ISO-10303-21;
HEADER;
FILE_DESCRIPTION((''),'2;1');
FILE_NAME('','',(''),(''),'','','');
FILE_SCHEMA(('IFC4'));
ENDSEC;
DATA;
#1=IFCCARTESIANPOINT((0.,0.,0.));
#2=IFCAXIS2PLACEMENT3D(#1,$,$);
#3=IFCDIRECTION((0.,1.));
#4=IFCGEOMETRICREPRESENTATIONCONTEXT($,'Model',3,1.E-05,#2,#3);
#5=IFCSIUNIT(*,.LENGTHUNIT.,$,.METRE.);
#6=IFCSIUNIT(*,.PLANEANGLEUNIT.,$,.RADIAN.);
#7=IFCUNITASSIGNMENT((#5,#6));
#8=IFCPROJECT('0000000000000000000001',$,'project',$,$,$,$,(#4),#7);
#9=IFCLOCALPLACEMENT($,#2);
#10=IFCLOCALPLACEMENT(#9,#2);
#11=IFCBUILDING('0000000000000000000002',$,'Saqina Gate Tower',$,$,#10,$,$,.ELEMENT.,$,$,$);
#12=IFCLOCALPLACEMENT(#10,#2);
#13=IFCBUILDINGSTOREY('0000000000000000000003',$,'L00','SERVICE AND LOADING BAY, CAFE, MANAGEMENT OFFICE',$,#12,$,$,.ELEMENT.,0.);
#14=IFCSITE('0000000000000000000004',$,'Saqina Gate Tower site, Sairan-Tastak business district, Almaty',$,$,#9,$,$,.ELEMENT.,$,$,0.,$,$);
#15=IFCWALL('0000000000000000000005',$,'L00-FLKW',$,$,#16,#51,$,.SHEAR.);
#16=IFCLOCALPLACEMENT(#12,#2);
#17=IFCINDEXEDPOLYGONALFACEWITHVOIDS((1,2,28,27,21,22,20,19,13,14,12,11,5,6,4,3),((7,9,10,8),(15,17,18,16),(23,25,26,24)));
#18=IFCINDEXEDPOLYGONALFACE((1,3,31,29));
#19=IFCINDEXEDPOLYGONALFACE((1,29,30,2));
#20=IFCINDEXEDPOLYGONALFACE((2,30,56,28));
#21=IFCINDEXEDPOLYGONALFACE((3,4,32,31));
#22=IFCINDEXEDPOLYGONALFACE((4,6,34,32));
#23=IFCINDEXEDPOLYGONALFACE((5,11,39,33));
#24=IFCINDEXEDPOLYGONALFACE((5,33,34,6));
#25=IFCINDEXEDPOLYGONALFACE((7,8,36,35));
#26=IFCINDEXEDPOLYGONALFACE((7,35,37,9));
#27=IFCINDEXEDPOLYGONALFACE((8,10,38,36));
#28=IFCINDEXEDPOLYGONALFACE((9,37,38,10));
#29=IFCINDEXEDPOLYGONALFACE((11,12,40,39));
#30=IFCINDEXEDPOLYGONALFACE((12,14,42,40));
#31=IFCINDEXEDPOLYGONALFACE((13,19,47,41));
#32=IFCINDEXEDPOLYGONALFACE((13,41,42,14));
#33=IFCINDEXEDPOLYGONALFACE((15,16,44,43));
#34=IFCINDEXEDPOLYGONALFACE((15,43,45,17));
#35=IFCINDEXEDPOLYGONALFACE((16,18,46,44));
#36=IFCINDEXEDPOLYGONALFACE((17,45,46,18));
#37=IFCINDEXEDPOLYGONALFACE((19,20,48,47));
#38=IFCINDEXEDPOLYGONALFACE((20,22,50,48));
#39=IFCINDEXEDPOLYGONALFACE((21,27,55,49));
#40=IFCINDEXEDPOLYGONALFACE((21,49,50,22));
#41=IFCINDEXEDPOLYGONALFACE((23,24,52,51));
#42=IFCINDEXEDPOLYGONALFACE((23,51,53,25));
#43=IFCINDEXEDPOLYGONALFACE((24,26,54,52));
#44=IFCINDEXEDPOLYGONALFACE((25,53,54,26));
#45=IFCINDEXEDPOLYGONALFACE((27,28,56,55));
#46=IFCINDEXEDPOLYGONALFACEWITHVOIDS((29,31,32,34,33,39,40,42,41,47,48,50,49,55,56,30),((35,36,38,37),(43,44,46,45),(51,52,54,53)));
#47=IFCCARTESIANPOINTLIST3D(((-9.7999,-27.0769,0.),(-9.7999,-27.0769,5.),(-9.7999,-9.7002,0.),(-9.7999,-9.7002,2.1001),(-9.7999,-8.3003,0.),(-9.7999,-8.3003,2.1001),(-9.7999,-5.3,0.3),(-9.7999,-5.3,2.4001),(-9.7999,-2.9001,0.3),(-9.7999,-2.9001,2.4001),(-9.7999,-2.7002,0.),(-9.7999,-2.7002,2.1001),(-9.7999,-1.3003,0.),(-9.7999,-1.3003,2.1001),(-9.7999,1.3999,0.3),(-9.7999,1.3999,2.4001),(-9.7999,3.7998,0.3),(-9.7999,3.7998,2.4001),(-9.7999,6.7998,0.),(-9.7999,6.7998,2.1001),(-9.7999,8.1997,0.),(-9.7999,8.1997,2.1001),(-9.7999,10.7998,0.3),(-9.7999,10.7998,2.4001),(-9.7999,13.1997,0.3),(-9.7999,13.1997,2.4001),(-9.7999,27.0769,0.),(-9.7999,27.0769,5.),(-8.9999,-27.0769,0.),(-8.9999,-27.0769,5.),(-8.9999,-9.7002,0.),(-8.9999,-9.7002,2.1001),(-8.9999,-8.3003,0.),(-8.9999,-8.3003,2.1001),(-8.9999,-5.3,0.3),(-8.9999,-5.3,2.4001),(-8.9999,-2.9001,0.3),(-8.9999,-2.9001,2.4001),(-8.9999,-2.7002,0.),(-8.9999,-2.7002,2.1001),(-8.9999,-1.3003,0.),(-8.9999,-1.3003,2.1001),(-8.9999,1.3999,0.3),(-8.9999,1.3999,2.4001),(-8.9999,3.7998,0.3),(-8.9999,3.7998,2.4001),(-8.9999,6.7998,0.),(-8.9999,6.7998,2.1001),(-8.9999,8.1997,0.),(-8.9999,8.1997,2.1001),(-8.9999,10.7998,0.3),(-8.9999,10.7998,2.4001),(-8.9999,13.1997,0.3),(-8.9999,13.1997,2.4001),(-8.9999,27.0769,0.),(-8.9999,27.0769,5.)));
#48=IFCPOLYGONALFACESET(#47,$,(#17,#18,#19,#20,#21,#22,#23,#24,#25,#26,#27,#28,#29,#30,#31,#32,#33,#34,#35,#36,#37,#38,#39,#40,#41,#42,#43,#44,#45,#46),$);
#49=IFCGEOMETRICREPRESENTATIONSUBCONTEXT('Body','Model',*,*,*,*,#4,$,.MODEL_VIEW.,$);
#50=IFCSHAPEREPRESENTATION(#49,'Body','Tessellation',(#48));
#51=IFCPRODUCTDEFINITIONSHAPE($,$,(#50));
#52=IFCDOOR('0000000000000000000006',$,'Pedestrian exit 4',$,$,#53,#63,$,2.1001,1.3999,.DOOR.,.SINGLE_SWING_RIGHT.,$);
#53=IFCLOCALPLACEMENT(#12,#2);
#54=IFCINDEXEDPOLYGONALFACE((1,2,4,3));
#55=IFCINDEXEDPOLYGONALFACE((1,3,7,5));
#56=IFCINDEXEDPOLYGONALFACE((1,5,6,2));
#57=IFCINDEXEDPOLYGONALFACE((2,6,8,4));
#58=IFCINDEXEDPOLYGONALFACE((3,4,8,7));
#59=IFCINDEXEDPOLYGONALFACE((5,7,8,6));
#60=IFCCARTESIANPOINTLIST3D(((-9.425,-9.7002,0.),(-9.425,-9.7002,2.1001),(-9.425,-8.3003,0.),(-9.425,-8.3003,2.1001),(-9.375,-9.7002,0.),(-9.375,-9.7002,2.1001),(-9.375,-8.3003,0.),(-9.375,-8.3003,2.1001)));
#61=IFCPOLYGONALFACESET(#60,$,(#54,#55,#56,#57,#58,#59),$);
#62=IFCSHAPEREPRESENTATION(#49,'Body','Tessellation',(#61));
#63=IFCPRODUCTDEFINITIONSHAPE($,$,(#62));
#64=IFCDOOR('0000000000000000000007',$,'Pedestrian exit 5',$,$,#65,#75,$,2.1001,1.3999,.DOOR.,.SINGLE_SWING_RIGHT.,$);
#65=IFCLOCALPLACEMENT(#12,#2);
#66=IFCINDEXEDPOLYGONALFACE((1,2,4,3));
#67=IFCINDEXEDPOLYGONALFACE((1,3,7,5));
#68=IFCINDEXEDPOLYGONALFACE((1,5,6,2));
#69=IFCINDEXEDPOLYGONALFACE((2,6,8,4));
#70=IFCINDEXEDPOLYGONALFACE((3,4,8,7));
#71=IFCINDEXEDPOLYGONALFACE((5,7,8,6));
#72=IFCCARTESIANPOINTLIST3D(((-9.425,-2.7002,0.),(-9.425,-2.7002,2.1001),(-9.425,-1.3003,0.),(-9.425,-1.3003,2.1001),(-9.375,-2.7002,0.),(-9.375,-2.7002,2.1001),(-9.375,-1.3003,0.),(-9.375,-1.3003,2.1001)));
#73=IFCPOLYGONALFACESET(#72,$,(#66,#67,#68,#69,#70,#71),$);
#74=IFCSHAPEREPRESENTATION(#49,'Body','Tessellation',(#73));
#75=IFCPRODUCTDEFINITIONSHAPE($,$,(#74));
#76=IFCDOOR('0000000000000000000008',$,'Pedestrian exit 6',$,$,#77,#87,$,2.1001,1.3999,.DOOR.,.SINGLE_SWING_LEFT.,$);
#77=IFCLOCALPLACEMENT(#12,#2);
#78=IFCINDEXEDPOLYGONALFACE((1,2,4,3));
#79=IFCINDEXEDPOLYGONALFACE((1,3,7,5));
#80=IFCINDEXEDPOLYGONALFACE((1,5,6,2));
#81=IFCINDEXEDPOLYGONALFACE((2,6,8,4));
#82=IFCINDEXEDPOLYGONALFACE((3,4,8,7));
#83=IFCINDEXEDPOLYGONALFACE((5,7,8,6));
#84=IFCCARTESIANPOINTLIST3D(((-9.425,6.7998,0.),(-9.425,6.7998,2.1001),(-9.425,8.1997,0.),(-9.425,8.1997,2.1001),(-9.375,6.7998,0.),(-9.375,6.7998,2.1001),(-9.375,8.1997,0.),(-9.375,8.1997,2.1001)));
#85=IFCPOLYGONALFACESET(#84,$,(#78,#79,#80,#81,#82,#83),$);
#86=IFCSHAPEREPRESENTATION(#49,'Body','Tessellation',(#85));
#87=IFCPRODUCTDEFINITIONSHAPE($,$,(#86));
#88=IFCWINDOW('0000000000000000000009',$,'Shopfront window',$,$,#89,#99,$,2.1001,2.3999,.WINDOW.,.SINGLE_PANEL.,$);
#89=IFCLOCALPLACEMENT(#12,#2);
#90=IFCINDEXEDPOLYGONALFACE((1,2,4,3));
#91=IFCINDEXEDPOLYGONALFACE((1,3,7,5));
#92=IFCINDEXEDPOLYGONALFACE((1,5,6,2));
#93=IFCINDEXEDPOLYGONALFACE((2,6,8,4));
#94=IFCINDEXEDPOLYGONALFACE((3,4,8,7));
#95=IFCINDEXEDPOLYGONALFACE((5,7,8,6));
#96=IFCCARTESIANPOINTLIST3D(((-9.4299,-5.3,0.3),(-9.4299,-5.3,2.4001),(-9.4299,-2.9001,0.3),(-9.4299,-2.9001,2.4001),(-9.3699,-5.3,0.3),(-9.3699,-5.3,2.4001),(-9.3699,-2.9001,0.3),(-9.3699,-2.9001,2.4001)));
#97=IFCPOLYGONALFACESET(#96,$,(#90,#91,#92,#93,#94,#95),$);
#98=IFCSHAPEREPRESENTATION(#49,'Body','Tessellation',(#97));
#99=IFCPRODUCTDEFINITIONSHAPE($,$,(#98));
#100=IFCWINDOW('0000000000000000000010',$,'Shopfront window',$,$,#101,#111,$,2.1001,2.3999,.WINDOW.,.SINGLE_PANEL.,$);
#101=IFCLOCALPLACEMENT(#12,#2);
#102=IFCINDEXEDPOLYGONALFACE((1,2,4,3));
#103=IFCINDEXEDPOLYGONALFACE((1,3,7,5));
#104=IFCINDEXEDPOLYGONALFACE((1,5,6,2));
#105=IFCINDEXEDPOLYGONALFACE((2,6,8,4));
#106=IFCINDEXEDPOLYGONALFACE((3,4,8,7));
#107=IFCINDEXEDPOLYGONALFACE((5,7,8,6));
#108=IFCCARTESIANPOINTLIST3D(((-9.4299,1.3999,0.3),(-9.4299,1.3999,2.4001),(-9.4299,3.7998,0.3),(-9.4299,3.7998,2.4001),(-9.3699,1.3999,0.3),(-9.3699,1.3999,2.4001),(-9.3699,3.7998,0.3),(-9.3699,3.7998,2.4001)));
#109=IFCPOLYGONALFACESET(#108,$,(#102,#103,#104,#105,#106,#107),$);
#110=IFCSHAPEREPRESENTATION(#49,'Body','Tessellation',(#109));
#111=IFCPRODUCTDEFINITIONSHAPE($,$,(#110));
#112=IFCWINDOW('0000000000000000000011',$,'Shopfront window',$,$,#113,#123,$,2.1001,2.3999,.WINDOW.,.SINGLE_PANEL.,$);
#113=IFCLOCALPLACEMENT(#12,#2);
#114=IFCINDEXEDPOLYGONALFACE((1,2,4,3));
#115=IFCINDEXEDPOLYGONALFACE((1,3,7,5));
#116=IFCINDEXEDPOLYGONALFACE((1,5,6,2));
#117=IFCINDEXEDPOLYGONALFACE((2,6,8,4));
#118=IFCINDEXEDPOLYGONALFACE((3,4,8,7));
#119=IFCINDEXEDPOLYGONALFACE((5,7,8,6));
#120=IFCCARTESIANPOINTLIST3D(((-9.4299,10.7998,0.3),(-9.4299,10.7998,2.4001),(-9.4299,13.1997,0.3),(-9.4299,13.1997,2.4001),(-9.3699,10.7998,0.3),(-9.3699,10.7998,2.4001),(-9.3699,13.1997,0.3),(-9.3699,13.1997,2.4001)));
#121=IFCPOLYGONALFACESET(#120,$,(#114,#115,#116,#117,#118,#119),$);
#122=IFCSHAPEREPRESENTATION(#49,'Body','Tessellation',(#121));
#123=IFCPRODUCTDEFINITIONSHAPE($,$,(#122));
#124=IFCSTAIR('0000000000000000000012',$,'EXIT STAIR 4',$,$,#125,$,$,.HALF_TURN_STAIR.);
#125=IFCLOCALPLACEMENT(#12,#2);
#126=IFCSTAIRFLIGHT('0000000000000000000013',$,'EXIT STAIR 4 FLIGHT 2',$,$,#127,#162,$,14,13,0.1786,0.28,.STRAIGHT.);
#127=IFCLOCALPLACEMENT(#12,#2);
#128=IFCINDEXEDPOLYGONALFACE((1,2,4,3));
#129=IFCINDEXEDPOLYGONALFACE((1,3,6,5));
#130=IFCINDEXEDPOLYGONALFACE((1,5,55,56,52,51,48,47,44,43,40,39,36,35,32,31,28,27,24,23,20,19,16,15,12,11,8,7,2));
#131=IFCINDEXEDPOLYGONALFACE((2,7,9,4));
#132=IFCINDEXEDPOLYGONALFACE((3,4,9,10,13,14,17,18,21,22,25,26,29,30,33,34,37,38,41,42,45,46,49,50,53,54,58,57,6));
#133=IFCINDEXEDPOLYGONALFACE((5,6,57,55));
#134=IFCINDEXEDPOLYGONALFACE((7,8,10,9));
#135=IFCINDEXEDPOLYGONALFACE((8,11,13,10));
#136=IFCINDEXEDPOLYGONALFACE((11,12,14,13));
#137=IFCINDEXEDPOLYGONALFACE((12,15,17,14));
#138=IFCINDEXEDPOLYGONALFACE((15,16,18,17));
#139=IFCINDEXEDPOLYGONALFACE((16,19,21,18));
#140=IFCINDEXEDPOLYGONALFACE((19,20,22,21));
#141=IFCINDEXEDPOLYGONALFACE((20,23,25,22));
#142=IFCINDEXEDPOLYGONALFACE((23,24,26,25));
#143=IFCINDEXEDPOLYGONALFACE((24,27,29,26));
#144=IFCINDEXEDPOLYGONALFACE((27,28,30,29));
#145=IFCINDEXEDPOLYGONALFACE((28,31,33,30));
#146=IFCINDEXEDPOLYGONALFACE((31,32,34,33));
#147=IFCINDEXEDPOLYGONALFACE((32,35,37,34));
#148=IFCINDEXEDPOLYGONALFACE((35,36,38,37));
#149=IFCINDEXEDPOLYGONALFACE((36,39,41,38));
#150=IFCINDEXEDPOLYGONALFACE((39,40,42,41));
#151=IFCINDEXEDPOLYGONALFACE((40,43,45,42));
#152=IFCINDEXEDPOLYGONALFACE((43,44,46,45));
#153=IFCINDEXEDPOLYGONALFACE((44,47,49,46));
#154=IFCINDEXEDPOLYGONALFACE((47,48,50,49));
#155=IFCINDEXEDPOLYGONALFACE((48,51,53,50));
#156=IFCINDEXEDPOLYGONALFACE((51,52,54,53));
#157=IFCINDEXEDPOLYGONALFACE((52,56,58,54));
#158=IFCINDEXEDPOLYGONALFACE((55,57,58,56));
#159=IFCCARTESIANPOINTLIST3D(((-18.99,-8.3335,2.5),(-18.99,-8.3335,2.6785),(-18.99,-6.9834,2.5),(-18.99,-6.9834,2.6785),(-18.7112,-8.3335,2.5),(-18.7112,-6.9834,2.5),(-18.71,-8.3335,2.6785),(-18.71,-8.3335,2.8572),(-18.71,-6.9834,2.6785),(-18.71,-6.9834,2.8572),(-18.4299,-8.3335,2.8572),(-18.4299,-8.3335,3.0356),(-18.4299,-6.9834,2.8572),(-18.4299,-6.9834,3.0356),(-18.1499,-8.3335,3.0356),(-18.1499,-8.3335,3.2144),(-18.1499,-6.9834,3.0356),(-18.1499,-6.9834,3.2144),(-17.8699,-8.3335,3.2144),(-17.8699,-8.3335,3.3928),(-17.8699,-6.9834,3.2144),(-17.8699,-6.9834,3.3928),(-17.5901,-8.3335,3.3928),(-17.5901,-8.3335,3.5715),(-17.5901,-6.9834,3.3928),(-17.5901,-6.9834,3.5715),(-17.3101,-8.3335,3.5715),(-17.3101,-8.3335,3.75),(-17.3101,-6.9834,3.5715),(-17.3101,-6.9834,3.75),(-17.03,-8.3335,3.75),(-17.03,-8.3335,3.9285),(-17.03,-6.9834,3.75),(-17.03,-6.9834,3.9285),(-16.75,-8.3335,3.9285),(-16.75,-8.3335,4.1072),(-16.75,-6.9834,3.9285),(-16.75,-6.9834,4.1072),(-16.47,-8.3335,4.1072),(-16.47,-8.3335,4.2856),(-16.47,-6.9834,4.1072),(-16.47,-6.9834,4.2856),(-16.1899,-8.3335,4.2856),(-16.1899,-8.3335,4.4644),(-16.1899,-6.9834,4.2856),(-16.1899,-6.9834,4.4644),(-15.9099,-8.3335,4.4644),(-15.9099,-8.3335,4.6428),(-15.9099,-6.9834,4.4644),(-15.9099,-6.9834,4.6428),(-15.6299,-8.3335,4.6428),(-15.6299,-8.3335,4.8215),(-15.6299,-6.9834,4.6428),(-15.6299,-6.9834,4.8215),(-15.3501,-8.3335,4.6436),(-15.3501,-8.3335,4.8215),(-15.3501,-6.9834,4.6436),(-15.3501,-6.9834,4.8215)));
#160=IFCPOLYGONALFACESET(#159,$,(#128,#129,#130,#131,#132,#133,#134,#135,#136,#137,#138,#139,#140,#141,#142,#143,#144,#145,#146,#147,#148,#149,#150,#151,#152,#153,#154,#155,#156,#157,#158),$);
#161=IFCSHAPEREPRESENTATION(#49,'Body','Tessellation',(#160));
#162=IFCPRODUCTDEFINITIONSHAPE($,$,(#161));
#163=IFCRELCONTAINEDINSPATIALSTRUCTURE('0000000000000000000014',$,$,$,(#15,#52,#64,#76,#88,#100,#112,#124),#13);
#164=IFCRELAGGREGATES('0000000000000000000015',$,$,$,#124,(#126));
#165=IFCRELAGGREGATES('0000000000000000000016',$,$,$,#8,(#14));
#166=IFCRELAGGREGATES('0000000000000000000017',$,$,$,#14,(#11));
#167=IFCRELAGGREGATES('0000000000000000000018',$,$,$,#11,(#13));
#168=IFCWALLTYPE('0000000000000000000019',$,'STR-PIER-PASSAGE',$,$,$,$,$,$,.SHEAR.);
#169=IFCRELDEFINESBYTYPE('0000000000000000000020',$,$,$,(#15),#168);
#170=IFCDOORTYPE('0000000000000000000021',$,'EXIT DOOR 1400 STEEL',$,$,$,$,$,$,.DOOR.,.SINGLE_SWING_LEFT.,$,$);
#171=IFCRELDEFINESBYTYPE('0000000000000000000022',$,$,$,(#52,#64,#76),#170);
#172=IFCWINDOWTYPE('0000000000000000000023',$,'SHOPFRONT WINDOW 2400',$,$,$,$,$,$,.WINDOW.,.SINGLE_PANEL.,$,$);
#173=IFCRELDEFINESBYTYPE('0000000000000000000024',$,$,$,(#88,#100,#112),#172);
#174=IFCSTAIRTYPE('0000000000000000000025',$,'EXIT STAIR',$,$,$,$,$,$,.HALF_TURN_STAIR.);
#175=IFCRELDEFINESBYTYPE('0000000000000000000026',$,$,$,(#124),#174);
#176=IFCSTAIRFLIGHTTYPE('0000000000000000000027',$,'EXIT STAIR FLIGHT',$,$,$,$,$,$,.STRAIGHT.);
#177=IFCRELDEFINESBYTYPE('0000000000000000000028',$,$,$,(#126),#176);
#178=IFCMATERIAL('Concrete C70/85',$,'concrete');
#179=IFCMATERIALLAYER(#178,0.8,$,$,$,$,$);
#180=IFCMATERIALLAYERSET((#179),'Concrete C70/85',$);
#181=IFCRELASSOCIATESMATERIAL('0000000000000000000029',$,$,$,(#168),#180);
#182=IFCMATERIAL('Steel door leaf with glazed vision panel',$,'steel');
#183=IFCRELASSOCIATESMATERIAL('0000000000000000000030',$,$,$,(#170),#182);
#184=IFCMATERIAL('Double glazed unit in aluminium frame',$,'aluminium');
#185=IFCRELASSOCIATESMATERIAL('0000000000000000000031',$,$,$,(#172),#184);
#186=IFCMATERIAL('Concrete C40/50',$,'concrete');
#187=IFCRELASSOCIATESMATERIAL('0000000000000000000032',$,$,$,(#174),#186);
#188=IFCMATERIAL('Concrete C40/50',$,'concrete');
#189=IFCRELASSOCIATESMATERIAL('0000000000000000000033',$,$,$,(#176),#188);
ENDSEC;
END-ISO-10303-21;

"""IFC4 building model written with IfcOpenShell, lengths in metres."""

from ifc_helpers import new_model, si_unit, direction, frame, frame_2d, origin, place, context, subcontext, project, spatial, polyline, rectangle, outline, extrude, material, layer, layer_set, type_object, element, fill, aggregate, save


model = new_model("IFC4")

# Units and contexts
model_context = context("Model", 3, precision=1e-05, world=origin(), true_north=direction((0.0, 1.0)))
body_context = subcontext(model_context, "Body", "Model", "MODEL_VIEW")
ifc_project = project(units=[si_unit("LENGTHUNIT", "METRE"), si_unit("PLANEANGLEUNIT", "RADIAN")], contexts=[model_context])

# Site, building, storey
site_placement = place(None, origin())
site = spatial("IfcSite", under=ifc_project, at=site_placement, Name="Saqina Gate Tower site, Sairan-Tastak business district, Almaty", CompositionType="ELEMENT", RefElevation=0.0)
building_placement = place(site_placement, origin())
building = spatial("IfcBuilding", under=site, at=building_placement, Name="Saqina Gate Tower", CompositionType="ELEMENT")
storey_placement = place(building_placement, origin())
storey = spatial("IfcBuildingStorey", under=building, at=storey_placement, Name="L00", Description="SERVICE AND LOADING BAY, CAFE, MANAGEMENT OFFICE", CompositionType="ELEMENT", Elevation=0.0)

# Wall, openings, doors, windows
ifc_material_1 = material(Name="Concrete C70/85", Category="concrete")
ifc_layer_1 = layer(ifc_material_1, 0.8)
ifc_layer_set_1 = layer_set([ifc_layer_1], Name="Concrete C70/85")
wall_type_1 = type_object("IfcWallType", Name="STR-PIER-PASSAGE", PredefinedType="SHEAR", material=ifc_layer_set_1)
wall_1_placement = place(storey_placement, frame((-9.3999, -27.0769, 0.0), z_axis=(0.0, 0.0, 1.0), x_axis=(0.0, 1.0, 0.0)))
wall_1 = element("IfcWall", 1, at=wall_1_placement, inside=storey, type_object=wall_type_1, Name="L00-FLKW", PredefinedType="SHEAR", context=body_context, shape_type="SweptSolid", body=[
    extrude(rectangle(XDim=54.1538, YDim=0.8, at=frame_2d((27.0769, 0.0))), origin(), (0.0, 0.0, 1.0), 5.0),
])
opening_1_placement = place(wall_1_placement, frame((17.3767, 0.0, 0.0)))
opening_1 = element("IfcOpeningElement", 2, at=opening_1_placement, cuts=wall_1, PredefinedType="OPENING", context=body_context, shape_type="SweptSolid", body=[
    extrude(rectangle(XDim=1.3999, YDim=2.1001, at=frame_2d((0.7, 1.05))), frame((0.0, 0.4121, 0.0), z_axis=(0.0, -1.0, 0.0), x_axis=(1.0, 0.0, 0.0)), (0.0, 0.0, 1.0), 0.824),
])
opening_2_placement = place(wall_1_placement, frame((21.7769, 0.0, 0.3)))
opening_2 = element("IfcOpeningElement", 3, at=opening_2_placement, cuts=wall_1, PredefinedType="OPENING", context=body_context, shape_type="SweptSolid", body=[
    extrude(rectangle(XDim=2.3999, YDim=2.1001, at=frame_2d((1.2, 1.05))), frame((0.0, 0.4121, 0.0), z_axis=(0.0, -1.0, 0.0), x_axis=(1.0, 0.0, 0.0)), (0.0, 0.0, 1.0), 0.824),
])
opening_3_placement = place(wall_1_placement, frame((24.3767, 0.0, 0.0)))
opening_3 = element("IfcOpeningElement", 4, at=opening_3_placement, cuts=wall_1, PredefinedType="OPENING", context=body_context, shape_type="SweptSolid", body=[
    extrude(rectangle(XDim=1.3999, YDim=2.1001, at=frame_2d((0.7, 1.05))), frame((0.0, 0.4121, 0.0), z_axis=(0.0, -1.0, 0.0), x_axis=(1.0, 0.0, 0.0)), (0.0, 0.0, 1.0), 0.824),
])
opening_4_placement = place(wall_1_placement, frame((28.4768, 0.0, 0.3)))
opening_4 = element("IfcOpeningElement", 5, at=opening_4_placement, cuts=wall_1, PredefinedType="OPENING", context=body_context, shape_type="SweptSolid", body=[
    extrude(rectangle(XDim=2.3999, YDim=2.1001, at=frame_2d((1.2, 1.05))), frame((0.0, 0.4121, 0.0), z_axis=(0.0, -1.0, 0.0), x_axis=(1.0, 0.0, 0.0)), (0.0, 0.0, 1.0), 0.824),
])
opening_5_placement = place(wall_1_placement, frame((33.8767, 0.0, 0.0)))
opening_5 = element("IfcOpeningElement", 6, at=opening_5_placement, cuts=wall_1, PredefinedType="OPENING", context=body_context, shape_type="SweptSolid", body=[
    extrude(rectangle(XDim=1.3999, YDim=2.1001, at=frame_2d((0.7, 1.05))), frame((0.0, 0.4121, 0.0), z_axis=(0.0, -1.0, 0.0), x_axis=(1.0, 0.0, 0.0)), (0.0, 0.0, 1.0), 0.824),
])
opening_6_placement = place(wall_1_placement, frame((37.8767, 0.0, 0.3)))
opening_6 = element("IfcOpeningElement", 7, at=opening_6_placement, cuts=wall_1, PredefinedType="OPENING", context=body_context, shape_type="SweptSolid", body=[
    extrude(rectangle(XDim=2.3999, YDim=2.1001, at=frame_2d((1.2, 1.05))), frame((0.0, 0.4121, 0.0), z_axis=(0.0, -1.0, 0.0), x_axis=(1.0, 0.0, 0.0)), (0.0, 0.0, 1.0), 0.824),
])
ifc_material_2 = material(Name="Steel door leaf with glazed vision panel", Category="steel")
door_type_1 = type_object("IfcDoorType", Name="EXIT DOOR 1400 STEEL", OperationType="SINGLE_SWING_LEFT", PredefinedType="DOOR", material=ifc_material_2)
door_1_placement = place(opening_1_placement, frame((1.3999, 0.0, 0.0), z_axis=(0.0, 0.0, 1.0), x_axis=(-1.0, 0.0, 0.0)))
door_1 = element("IfcDoor", 8, at=door_1_placement, inside=storey, type_object=door_type_1, Name="Pedestrian exit 4", OperationType="SINGLE_SWING_RIGHT", OverallHeight=2.1001, OverallWidth=1.3999, PredefinedType="DOOR", context=body_context, shape_type="SweptSolid", body=[
    extrude(rectangle(XDim=1.3999, YDim=2.1001, at=frame_2d((0.7, 1.05))), frame((0.0, 0.0249, 0.0), z_axis=(0.0, -1.0, 0.0), x_axis=(1.0, 0.0, 0.0)), (0.0, 0.0, 1.0), 0.05),
])
fill(opening_1, door_1)
door_2_placement = place(opening_3_placement, frame((1.3999, 0.0, 0.0), z_axis=(0.0, 0.0, 1.0), x_axis=(-1.0, 0.0, 0.0)))
door_2 = element("IfcDoor", 9, at=door_2_placement, inside=storey, type_object=door_type_1, Name="Pedestrian exit 5", OperationType="SINGLE_SWING_RIGHT", OverallHeight=2.1001, OverallWidth=1.3999, PredefinedType="DOOR", context=body_context, shape_type="SweptSolid", body=[
    extrude(rectangle(XDim=1.3999, YDim=2.1001, at=frame_2d((0.7, 1.05))), frame((0.0, 0.0249, 0.0), z_axis=(0.0, -1.0, 0.0), x_axis=(1.0, 0.0, 0.0)), (0.0, 0.0, 1.0), 0.05),
])
fill(opening_3, door_2)
door_3_placement = place(opening_5_placement, frame((1.3999, 0.0, 0.0), z_axis=(0.0, 0.0, 1.0), x_axis=(-1.0, 0.0, 0.0)))
door_3 = element("IfcDoor", 10, at=door_3_placement, inside=storey, type_object=door_type_1, Name="Pedestrian exit 6", OperationType="SINGLE_SWING_LEFT", OverallHeight=2.1001, OverallWidth=1.3999, PredefinedType="DOOR", context=body_context, shape_type="SweptSolid", body=[
    extrude(rectangle(XDim=1.3999, YDim=2.1001, at=frame_2d((0.7, 1.05))), frame((0.0, 0.0249, 0.0), z_axis=(0.0, -1.0, 0.0), x_axis=(1.0, 0.0, 0.0)), (0.0, 0.0, 1.0), 0.05),
])
fill(opening_5, door_3)
ifc_material_3 = material(Name="Double glazed unit in aluminium frame", Category="aluminium")
window_type = type_object("IfcWindowType", Name="SHOPFRONT WINDOW 2400", PartitioningType="SINGLE_PANEL", PredefinedType="WINDOW", material=ifc_material_3)
window_1_placement = place(opening_2_placement, origin())
window_1 = element("IfcWindow", 11, at=window_1_placement, inside=storey, type_object=window_type, Name="Shopfront window", OverallHeight=2.1001, OverallWidth=2.3999, PartitioningType="SINGLE_PANEL", PredefinedType="WINDOW", context=body_context, shape_type="SweptSolid", body=[
    extrude(rectangle(XDim=2.3999, YDim=2.1001, at=frame_2d((1.2, 1.05))), frame((0.0, 0.03, 0.0), z_axis=(0.0, -1.0, 0.0), x_axis=(1.0, 0.0, 0.0)), (0.0, 0.0, 1.0), 0.0601),
])
fill(opening_2, window_1)
window_2_placement = place(opening_4_placement, origin())
window_2 = element("IfcWindow", 12, at=window_2_placement, inside=storey, type_object=window_type, Name="Shopfront window", OverallHeight=2.1001, OverallWidth=2.3999, PartitioningType="SINGLE_PANEL", PredefinedType="WINDOW", context=body_context, shape_type="SweptSolid", body=[
    extrude(rectangle(XDim=2.3999, YDim=2.1001, at=frame_2d((1.2, 1.05))), frame((0.0, 0.03, 0.0), z_axis=(0.0, -1.0, 0.0), x_axis=(1.0, 0.0, 0.0)), (0.0, 0.0, 1.0), 0.0601),
])
fill(opening_4, window_2)
window_3_placement = place(opening_6_placement, origin())
window_3 = element("IfcWindow", 13, at=window_3_placement, inside=storey, type_object=window_type, Name="Shopfront window", OverallHeight=2.1001, OverallWidth=2.3999, PartitioningType="SINGLE_PANEL", PredefinedType="WINDOW", context=body_context, shape_type="SweptSolid", body=[
    extrude(rectangle(XDim=2.3999, YDim=2.1001, at=frame_2d((1.2, 1.05))), frame((0.0, 0.03, 0.0), z_axis=(0.0, -1.0, 0.0), x_axis=(1.0, 0.0, 0.0)), (0.0, 0.0, 1.0), 0.0601),
])
fill(opening_6, window_3)

# Stair, stair flight
ifc_material_4 = material(Name="Concrete C40/50", Category="concrete")
stair_type = type_object("IfcStairType", Name="EXIT STAIR", PredefinedType="HALF_TURN_STAIR", material=ifc_material_4)
stair_placement = place(storey_placement, origin())
stair = element("IfcStair", 14, at=stair_placement, inside=storey, type_object=stair_type, Name="EXIT STAIR 4", PredefinedType="HALF_TURN_STAIR")
ifc_material_5 = material(Name="Concrete C40/50", Category="concrete")
stair_flight_type = type_object("IfcStairFlightType", Name="EXIT STAIR FLIGHT", PredefinedType="STRAIGHT", material=ifc_material_5)
stair_flight_placement = place(storey_placement, frame((-18.99, -7.6584, 2.5), z_axis=(0.0, 0.0, 1.0), x_axis=(1.0, 0.0, 0.0)))
stair_flight = element("IfcStairFlight", 15, at=stair_flight_placement, type_object=stair_flight_type, Name="EXIT STAIR 4 FLIGHT 2", NumberOfRisers=14, NumberOfTreads=13, PredefinedType="STRAIGHT", RiserHeight=0.1786, TreadLength=0.28, context=body_context, shape_type="SweptSolid", body=[
    extrude(outline(polyline([(0.0, 0.0), (0.0, 0.1785), (0.28, 0.1785), (0.28, 0.3572), (0.5601, 0.3572), (0.5601, 0.5356), (0.8401, 0.5356), (0.8401, 0.7144), (1.1201, 0.7144), (1.1201, 0.8928), (1.3999, 0.8928), (1.3999, 1.0715), (1.6799, 1.0715), (1.6799, 1.25), (1.96, 1.25), (1.96, 1.4285), (2.24, 1.4285), (2.24, 1.6072), (2.52, 1.6072), (2.52, 1.7856), (2.8, 1.7856), (2.8, 1.9644), (3.0801, 1.9644), (3.0801, 2.1428), (3.3601, 2.1428), (3.3601, 2.3215), (3.6399, 2.3215), (3.6399, 2.5), (3.6399, 2.1436), (0.2788, 0.0), (0.0, 0.0)])), frame((0.0, 0.675, 0.0), z_axis=(0.0, -1.0, 0.0), x_axis=(1.0, 0.0, 0.0)), (0.0, 0.0, 1.0), 1.3501),
])
aggregate(stair, [stair_flight])

save(model, "model.ifc")
